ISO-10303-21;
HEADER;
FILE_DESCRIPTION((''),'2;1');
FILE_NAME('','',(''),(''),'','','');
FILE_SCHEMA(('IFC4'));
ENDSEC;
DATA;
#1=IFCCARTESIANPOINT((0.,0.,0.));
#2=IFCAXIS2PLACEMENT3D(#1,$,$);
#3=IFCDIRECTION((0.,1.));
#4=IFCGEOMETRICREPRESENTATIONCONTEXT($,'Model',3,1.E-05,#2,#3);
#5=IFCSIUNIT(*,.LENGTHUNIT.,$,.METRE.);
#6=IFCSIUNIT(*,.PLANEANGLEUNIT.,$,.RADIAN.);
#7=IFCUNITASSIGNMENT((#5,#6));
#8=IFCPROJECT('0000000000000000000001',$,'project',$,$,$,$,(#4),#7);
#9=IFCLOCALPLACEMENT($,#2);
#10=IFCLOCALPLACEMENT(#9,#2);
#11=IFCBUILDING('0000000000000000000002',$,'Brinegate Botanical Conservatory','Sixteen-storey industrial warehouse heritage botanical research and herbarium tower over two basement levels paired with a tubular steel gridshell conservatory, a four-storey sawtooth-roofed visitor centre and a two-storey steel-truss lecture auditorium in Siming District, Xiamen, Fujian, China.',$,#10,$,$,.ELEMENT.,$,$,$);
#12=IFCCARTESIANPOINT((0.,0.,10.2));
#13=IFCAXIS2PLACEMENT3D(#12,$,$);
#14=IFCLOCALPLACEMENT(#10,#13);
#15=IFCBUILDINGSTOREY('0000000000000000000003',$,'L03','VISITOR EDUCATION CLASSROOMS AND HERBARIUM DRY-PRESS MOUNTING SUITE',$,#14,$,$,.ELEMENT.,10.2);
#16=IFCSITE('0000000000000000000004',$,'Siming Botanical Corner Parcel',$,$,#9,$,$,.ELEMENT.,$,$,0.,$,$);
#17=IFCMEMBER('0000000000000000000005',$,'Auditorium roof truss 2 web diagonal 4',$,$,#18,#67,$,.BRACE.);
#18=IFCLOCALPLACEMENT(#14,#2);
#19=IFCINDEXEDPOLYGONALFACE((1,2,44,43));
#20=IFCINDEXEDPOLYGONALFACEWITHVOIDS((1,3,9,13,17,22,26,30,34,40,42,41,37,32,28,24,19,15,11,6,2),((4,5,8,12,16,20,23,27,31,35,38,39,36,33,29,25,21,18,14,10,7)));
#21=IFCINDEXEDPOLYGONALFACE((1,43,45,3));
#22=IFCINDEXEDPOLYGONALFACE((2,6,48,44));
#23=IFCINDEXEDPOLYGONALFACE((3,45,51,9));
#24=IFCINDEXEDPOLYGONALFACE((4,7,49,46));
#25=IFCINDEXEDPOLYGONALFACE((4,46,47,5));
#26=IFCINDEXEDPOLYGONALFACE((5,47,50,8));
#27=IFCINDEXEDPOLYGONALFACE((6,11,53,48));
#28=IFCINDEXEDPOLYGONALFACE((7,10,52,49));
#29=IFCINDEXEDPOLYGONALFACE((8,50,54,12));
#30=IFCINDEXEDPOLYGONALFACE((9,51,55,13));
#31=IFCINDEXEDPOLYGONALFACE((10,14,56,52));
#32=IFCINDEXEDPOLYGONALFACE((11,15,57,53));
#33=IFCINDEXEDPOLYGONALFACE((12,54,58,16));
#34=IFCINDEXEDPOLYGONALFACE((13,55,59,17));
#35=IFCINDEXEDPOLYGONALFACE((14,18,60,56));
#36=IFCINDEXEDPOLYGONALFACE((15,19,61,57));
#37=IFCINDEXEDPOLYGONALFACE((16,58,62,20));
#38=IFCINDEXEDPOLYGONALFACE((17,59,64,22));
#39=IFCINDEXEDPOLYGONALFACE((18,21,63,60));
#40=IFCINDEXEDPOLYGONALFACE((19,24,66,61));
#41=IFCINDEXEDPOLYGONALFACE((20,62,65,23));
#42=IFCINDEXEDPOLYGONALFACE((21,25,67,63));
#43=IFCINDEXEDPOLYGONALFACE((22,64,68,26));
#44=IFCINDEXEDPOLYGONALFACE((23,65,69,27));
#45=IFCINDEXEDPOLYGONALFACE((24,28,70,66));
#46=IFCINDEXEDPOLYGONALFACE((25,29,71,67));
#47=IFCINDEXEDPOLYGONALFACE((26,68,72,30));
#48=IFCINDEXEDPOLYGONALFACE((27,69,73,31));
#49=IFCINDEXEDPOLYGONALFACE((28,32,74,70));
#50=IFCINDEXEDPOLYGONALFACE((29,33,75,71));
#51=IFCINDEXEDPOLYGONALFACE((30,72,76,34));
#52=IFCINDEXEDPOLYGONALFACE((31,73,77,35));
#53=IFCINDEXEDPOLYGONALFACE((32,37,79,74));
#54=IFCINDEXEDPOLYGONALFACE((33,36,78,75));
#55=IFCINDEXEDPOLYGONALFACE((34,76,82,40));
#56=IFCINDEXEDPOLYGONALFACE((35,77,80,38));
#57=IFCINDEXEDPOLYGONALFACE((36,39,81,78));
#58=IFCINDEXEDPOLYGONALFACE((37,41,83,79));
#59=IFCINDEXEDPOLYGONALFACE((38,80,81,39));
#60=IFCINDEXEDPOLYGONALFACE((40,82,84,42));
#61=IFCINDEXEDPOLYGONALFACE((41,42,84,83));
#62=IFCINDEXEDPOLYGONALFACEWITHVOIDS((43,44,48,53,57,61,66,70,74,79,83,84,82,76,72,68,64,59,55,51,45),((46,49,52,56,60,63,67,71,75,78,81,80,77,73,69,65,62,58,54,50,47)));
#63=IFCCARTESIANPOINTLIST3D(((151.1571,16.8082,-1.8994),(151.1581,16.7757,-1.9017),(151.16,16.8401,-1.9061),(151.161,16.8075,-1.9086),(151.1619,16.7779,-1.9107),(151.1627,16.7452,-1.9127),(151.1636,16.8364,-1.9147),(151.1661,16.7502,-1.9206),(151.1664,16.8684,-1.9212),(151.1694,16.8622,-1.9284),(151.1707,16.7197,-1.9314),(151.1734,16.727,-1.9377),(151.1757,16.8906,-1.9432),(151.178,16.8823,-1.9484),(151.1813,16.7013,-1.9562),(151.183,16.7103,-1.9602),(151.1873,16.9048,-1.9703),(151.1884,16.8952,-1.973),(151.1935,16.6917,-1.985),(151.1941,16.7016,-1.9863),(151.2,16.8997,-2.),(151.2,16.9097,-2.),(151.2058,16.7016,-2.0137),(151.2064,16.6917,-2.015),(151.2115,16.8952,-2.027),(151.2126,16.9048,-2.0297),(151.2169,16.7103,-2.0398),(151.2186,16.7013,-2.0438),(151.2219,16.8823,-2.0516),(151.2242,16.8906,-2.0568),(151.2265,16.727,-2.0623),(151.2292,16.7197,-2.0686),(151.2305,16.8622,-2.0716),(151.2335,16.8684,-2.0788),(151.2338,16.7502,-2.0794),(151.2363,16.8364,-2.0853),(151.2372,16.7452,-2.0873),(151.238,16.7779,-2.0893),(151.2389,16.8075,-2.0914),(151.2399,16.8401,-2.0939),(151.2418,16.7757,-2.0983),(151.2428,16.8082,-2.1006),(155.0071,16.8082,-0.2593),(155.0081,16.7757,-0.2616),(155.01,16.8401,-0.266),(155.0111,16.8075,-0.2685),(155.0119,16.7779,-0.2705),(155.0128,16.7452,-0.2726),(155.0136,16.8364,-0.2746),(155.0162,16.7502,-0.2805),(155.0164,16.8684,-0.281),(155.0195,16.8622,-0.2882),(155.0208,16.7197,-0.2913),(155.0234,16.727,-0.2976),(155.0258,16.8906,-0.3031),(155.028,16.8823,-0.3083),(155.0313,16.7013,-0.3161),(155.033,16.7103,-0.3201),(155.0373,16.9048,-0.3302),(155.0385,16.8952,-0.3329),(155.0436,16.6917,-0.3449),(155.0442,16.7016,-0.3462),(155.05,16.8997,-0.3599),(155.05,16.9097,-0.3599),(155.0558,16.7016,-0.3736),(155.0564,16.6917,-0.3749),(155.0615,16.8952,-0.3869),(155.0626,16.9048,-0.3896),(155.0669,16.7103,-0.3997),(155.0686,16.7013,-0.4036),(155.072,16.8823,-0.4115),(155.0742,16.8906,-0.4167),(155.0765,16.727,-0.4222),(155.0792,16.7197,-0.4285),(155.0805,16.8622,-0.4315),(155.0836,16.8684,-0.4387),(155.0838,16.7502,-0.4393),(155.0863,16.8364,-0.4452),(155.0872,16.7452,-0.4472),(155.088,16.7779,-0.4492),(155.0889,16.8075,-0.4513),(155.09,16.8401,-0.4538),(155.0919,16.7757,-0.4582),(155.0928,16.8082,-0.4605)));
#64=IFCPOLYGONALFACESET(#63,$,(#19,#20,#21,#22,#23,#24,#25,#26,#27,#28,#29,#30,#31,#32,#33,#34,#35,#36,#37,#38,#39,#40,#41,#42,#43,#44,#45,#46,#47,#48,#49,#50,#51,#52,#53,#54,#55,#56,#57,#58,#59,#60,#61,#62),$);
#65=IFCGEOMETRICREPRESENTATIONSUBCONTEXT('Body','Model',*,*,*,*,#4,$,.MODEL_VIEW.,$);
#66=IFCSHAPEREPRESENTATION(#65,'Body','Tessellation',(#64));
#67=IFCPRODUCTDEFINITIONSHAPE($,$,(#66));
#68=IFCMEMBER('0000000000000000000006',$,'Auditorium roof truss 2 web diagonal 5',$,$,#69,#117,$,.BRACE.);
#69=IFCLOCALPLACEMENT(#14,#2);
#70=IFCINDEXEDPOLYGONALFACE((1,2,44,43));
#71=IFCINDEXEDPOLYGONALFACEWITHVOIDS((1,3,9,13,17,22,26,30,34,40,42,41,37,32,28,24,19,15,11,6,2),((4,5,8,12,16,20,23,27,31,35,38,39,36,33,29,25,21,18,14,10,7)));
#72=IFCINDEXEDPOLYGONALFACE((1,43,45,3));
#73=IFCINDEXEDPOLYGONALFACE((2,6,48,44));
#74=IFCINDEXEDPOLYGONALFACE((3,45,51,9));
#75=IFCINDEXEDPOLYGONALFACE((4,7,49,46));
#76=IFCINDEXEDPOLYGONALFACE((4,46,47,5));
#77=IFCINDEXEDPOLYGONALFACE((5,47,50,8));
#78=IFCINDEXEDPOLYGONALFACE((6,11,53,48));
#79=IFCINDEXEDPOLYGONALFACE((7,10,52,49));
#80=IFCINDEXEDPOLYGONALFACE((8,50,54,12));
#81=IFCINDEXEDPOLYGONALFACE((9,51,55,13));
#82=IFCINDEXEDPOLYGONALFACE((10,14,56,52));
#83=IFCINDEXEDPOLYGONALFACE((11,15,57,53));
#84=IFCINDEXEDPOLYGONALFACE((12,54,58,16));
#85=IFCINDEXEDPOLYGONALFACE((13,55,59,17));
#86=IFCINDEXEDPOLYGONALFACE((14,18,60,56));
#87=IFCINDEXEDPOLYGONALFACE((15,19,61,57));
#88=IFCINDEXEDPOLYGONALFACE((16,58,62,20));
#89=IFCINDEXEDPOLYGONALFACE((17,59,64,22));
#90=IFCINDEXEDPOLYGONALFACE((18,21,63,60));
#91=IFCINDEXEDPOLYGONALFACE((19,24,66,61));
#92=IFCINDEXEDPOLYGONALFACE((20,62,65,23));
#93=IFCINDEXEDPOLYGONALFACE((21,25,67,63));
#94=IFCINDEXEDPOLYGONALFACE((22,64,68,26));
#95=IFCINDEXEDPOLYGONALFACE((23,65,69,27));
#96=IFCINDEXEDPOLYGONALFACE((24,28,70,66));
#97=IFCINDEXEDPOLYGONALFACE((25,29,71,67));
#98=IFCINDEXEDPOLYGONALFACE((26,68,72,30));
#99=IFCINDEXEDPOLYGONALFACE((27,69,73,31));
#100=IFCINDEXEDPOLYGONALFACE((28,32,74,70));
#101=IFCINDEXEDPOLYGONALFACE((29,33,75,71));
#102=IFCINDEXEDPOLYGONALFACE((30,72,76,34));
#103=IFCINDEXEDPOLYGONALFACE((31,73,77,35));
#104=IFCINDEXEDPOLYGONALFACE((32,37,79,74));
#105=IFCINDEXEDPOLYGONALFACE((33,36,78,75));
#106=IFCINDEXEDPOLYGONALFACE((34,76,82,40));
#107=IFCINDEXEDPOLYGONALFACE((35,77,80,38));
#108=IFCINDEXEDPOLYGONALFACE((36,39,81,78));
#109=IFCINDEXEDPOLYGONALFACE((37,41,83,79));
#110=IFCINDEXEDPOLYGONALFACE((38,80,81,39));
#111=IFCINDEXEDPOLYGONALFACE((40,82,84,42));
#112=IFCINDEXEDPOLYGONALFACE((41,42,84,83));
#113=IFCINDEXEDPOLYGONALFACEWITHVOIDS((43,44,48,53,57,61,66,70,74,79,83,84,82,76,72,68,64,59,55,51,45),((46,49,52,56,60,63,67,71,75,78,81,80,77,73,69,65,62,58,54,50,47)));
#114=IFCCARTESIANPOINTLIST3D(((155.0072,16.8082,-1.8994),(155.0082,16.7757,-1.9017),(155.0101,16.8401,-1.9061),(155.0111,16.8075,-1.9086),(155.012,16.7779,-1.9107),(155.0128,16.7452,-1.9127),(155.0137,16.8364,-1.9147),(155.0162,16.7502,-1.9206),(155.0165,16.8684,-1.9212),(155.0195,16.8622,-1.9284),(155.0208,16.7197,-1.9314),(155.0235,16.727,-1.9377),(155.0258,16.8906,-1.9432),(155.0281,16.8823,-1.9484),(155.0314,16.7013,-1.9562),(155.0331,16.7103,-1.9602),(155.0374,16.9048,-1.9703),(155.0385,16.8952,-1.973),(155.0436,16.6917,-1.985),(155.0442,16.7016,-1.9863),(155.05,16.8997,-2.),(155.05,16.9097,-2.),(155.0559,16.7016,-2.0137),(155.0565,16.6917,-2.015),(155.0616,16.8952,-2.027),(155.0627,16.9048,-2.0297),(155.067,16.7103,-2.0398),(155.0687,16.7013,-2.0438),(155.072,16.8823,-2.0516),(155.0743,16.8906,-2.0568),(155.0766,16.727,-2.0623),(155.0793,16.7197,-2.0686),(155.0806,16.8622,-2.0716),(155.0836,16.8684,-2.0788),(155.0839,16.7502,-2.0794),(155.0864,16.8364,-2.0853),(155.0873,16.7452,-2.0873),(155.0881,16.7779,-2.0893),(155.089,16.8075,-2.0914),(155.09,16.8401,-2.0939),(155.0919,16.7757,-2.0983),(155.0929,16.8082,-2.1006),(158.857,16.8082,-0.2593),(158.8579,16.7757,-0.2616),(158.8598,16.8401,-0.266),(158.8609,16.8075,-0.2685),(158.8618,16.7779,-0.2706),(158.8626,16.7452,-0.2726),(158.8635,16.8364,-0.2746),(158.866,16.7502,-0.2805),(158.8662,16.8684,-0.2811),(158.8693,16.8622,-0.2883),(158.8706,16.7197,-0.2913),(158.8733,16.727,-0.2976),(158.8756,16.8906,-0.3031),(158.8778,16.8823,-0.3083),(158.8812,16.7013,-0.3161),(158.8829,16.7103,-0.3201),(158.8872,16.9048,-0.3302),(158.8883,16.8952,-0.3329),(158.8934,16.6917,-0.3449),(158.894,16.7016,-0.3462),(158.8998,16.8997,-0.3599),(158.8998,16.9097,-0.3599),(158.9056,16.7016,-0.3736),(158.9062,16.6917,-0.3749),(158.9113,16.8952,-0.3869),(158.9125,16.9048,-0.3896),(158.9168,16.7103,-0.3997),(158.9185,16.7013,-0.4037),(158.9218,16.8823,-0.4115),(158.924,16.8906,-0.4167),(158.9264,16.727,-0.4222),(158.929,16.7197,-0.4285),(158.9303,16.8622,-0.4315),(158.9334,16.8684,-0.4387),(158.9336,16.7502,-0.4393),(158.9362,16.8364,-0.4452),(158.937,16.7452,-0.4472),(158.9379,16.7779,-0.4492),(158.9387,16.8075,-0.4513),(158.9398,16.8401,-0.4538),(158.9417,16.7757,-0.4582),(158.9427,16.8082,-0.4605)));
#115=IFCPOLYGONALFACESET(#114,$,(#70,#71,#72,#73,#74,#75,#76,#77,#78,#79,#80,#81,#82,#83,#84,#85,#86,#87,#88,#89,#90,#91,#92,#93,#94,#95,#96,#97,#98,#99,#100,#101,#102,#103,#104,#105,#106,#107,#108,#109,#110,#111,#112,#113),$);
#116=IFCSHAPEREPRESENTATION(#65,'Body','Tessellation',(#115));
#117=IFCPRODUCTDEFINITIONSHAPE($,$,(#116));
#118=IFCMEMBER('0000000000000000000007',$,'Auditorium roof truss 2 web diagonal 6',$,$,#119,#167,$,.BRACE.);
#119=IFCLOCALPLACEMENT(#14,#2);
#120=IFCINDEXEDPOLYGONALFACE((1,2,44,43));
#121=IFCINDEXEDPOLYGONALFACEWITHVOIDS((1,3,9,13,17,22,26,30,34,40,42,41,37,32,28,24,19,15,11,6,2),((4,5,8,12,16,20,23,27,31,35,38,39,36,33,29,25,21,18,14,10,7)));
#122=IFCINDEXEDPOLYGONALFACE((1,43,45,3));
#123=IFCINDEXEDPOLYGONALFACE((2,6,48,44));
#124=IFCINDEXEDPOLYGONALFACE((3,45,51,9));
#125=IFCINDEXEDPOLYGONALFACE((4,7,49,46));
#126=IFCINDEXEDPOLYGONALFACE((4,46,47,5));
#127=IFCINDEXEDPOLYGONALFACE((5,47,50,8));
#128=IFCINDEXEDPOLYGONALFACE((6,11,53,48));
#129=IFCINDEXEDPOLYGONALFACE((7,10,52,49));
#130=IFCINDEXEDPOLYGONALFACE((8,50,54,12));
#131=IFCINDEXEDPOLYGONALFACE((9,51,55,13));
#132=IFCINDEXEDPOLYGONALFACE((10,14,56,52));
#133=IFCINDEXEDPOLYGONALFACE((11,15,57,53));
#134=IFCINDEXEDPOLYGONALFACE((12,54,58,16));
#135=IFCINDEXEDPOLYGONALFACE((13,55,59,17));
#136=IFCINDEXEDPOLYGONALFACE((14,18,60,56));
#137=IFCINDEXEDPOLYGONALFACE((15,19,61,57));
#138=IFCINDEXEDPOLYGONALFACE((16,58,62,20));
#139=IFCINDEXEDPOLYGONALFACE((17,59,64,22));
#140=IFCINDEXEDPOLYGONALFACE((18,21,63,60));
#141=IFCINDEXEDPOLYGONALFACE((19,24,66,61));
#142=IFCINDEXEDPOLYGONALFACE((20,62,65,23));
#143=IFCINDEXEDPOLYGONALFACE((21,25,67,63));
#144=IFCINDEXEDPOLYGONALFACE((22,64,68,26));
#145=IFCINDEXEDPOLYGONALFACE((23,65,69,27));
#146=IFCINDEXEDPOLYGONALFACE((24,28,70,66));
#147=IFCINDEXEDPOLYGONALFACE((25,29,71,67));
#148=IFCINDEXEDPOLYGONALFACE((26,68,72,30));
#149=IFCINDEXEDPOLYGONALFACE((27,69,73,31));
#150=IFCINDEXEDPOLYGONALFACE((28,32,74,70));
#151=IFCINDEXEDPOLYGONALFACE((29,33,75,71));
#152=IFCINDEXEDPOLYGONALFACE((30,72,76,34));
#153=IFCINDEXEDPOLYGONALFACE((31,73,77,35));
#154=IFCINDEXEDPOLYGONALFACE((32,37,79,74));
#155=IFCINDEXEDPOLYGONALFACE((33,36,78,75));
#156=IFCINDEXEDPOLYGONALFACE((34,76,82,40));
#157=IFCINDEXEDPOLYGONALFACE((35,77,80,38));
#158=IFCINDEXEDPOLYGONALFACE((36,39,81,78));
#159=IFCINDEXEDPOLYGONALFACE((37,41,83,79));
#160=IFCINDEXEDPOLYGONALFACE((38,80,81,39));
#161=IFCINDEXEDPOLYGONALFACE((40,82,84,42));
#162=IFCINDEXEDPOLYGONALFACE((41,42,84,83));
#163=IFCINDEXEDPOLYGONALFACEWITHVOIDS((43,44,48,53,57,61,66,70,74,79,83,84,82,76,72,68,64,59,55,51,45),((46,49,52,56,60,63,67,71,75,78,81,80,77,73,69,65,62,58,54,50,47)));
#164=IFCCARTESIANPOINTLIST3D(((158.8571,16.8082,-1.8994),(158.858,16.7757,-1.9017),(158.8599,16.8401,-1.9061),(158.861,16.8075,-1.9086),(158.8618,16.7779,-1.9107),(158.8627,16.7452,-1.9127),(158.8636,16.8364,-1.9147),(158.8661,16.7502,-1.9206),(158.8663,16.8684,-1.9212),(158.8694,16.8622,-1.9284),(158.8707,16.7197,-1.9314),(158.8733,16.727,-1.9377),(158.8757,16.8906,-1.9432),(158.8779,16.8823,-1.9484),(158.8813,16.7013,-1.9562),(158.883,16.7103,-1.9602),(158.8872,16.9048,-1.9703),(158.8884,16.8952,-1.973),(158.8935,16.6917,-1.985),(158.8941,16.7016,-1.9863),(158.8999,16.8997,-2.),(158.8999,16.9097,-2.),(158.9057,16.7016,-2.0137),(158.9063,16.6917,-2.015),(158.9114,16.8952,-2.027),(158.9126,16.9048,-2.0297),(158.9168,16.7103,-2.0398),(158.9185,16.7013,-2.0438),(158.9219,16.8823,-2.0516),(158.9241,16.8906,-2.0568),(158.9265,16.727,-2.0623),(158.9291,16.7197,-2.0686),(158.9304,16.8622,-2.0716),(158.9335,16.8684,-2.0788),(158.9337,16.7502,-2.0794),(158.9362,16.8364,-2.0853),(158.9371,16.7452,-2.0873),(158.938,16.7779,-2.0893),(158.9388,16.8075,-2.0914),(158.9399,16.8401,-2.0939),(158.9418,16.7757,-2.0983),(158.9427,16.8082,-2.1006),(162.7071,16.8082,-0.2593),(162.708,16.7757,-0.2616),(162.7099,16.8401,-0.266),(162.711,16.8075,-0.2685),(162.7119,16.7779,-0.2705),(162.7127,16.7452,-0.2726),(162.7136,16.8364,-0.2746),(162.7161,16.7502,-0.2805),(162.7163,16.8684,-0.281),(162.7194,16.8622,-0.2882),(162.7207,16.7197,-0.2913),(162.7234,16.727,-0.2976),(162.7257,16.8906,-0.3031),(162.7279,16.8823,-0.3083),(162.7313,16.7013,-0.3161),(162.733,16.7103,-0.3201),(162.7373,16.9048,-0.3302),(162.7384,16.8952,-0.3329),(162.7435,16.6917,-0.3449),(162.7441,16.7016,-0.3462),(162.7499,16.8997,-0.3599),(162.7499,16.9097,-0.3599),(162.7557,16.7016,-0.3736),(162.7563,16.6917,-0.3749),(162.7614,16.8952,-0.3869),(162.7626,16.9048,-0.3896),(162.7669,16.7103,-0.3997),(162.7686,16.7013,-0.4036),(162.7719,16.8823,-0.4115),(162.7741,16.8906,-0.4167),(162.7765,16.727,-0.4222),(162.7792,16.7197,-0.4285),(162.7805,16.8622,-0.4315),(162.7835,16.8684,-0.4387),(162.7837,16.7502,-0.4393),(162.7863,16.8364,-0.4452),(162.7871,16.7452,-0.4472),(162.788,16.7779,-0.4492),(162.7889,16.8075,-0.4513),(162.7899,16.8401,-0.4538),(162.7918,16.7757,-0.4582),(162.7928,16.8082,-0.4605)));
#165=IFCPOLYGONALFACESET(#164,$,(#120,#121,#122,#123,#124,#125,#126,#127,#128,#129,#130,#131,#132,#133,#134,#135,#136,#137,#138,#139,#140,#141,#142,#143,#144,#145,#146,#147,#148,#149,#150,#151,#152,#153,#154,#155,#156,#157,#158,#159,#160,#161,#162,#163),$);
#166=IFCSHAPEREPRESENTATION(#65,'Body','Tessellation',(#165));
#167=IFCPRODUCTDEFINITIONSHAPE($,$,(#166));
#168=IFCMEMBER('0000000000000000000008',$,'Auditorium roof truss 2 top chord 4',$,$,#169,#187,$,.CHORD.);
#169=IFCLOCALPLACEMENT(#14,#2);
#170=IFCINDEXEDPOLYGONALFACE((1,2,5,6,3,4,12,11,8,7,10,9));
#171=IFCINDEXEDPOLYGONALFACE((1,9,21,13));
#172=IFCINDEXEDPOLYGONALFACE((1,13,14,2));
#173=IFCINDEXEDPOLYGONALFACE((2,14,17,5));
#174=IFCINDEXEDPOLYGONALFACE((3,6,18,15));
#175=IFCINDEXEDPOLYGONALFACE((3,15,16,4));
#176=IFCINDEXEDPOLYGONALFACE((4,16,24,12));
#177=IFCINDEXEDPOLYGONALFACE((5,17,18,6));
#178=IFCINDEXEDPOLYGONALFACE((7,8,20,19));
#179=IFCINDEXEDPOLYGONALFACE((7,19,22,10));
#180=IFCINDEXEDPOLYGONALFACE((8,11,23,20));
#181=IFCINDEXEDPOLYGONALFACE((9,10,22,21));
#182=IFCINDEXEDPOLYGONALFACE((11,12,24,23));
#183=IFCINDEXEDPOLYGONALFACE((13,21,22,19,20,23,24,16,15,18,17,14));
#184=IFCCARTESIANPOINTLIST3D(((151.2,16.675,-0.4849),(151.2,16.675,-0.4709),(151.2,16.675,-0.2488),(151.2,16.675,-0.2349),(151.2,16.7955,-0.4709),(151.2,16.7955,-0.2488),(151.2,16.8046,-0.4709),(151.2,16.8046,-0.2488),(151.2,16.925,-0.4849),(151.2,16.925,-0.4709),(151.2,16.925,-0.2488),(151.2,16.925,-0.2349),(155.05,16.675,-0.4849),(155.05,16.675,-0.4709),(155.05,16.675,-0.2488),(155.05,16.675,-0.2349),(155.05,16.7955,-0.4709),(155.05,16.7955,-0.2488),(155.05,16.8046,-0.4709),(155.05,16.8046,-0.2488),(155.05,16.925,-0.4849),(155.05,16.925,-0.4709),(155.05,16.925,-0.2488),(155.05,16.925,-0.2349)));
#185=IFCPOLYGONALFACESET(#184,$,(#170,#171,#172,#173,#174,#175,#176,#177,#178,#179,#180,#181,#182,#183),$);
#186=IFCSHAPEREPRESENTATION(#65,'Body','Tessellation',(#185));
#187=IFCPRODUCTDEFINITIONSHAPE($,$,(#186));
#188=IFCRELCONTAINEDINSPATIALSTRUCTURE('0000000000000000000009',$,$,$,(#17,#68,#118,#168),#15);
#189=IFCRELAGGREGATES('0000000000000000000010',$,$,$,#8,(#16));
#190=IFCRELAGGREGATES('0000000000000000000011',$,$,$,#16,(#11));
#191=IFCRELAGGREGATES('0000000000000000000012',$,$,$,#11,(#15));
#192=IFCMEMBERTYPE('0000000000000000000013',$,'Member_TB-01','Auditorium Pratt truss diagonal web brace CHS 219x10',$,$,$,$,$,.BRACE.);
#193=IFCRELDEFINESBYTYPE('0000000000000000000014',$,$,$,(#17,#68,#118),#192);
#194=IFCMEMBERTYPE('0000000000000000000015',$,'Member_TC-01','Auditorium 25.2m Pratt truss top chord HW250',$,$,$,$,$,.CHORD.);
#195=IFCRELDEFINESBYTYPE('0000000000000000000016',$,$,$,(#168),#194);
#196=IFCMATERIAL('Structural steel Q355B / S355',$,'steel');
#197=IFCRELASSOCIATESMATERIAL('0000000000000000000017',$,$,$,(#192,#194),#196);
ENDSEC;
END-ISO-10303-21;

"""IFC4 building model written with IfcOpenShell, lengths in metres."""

from ifc_helpers import new_model, si_unit, direction, frame, origin, origin_2d, place, context, subcontext, project, spatial, hollow_circle, i_section, extrude, material, material_profile, profile_set, type_object, element, save


model = new_model("IFC4")

# Units and contexts
model_context = context("Model", 3, precision=1e-05, world=origin(), true_north=direction((0.0, 1.0)))
body_context = subcontext(model_context, "Body", "Model", "MODEL_VIEW")
ifc_project = project(units=[si_unit("LENGTHUNIT", "METRE"), si_unit("PLANEANGLEUNIT", "RADIAN")], contexts=[model_context])

# Site, building, storey
site_placement = place(None, origin())
site = spatial("IfcSite", under=ifc_project, at=site_placement, Name="Siming Botanical Corner Parcel", CompositionType="ELEMENT", RefElevation=0.0)
building_placement = place(site_placement, origin())
building = spatial("IfcBuilding", under=site, at=building_placement, Name="Brinegate Botanical Conservatory", Description="Sixteen-storey industrial warehouse heritage botanical research and herbarium tower over two basement levels paired with a tubular steel gridshell conservatory, a four-storey sawtooth-roofed visitor centre and a two-storey steel-truss lecture auditorium in Siming District, Xiamen, Fujian, China.", CompositionType="ELEMENT")
storey_placement = place(building_placement, frame((0.0, 0.0, 10.2)))
storey = spatial("IfcBuildingStorey", under=building, at=storey_placement, Name="L03", Description="VISITOR EDUCATION CLASSROOMS AND HERBARIUM DRY-PRESS MOUNTING SUITE", CompositionType="ELEMENT", Elevation=10.2)

# Members
ifc_material_1 = material(Name="Structural steel Q355B / S355", Category="steel")
ifc_material_profile_1 = material_profile(ifc_material_1, hollow_circle(Radius=0.1096, WallThickness=0.01, at=origin_2d()), Name="CHS 219x10")
ifc_profile_set_1 = profile_set([ifc_material_profile_1], Name="Structural steel Q355B / S355")
member_type_1 = type_object("IfcMemberType", Name="Member_TB-01", Description="Auditorium Pratt truss diagonal web brace CHS 219x10", PredefinedType="BRACE", material=ifc_profile_set_1)
member_1_placement = place(storey_placement, frame((151.2, 16.8, -2.0), z_axis=(0.92, 0.0, 0.391919), x_axis=(0.0, 1.0, 0.0)))
element("IfcMember", 1, at=member_1_placement, inside=storey, type_object=member_type_1, Name="Auditorium roof truss 2 web diagonal 4", PredefinedType="BRACE", context=body_context, shape_type="SweptSolid", body=[
    extrude(hollow_circle(Radius=0.1096, WallThickness=0.01, at=origin_2d()), origin(), (0.0, 0.0, 1.0), 4.1848),
])
member_2_placement = place(storey_placement, frame((155.05, 16.8, -2.0), z_axis=(0.919991, 0.0, 0.39194), x_axis=(0.0, 1.0, 0.0)))
element("IfcMember", 2, at=member_2_placement, inside=storey, type_object=member_type_1, Name="Auditorium roof truss 2 web diagonal 5", PredefinedType="BRACE", context=body_context, shape_type="SweptSolid", body=[
    extrude(hollow_circle(Radius=0.1096, WallThickness=0.01, at=origin_2d()), origin(), (0.0, 0.0, 1.0), 4.1846),
])
member_3_placement = place(storey_placement, frame((158.8999, 16.8, -2.0), z_axis=(0.92, 0.0, 0.391919), x_axis=(0.0, 1.0, 0.0)))
element("IfcMember", 3, at=member_3_placement, inside=storey, type_object=member_type_1, Name="Auditorium roof truss 2 web diagonal 6", PredefinedType="BRACE", context=body_context, shape_type="SweptSolid", body=[
    extrude(hollow_circle(Radius=0.1096, WallThickness=0.01, at=origin_2d()), origin(), (0.0, 0.0, 1.0), 4.1848),
])
ifc_material_profile_2 = material_profile(ifc_material_1, i_section(OverallWidth=0.25, OverallDepth=0.25, WebThickness=0.009, FlangeThickness=0.0139, at=origin_2d()), Name="HW 250x250x9x14")
ifc_profile_set_2 = profile_set([ifc_material_profile_2], Name="Structural steel Q355B / S355")
member_type_2 = type_object("IfcMemberType", Name="Member_TC-01", Description="Auditorium 25.2m Pratt truss top chord HW250", PredefinedType="CHORD", material=ifc_profile_set_2)
member_4_placement = place(storey_placement, frame((151.2, 16.8, -0.3599), z_axis=(1.0, 0.0, 0.0), x_axis=(0.0, 1.0, 0.0)))
element("IfcMember", 4, at=member_4_placement, inside=storey, type_object=member_type_2, Name="Auditorium roof truss 2 top chord 4", PredefinedType="CHORD", context=body_context, shape_type="SweptSolid", body=[
    extrude(i_section(OverallWidth=0.25, OverallDepth=0.25, WebThickness=0.009, FlangeThickness=0.0139, at=origin_2d()), origin(), (0.0, 0.0, 1.0), 3.8501),
])

save(model, "model.ifc")
